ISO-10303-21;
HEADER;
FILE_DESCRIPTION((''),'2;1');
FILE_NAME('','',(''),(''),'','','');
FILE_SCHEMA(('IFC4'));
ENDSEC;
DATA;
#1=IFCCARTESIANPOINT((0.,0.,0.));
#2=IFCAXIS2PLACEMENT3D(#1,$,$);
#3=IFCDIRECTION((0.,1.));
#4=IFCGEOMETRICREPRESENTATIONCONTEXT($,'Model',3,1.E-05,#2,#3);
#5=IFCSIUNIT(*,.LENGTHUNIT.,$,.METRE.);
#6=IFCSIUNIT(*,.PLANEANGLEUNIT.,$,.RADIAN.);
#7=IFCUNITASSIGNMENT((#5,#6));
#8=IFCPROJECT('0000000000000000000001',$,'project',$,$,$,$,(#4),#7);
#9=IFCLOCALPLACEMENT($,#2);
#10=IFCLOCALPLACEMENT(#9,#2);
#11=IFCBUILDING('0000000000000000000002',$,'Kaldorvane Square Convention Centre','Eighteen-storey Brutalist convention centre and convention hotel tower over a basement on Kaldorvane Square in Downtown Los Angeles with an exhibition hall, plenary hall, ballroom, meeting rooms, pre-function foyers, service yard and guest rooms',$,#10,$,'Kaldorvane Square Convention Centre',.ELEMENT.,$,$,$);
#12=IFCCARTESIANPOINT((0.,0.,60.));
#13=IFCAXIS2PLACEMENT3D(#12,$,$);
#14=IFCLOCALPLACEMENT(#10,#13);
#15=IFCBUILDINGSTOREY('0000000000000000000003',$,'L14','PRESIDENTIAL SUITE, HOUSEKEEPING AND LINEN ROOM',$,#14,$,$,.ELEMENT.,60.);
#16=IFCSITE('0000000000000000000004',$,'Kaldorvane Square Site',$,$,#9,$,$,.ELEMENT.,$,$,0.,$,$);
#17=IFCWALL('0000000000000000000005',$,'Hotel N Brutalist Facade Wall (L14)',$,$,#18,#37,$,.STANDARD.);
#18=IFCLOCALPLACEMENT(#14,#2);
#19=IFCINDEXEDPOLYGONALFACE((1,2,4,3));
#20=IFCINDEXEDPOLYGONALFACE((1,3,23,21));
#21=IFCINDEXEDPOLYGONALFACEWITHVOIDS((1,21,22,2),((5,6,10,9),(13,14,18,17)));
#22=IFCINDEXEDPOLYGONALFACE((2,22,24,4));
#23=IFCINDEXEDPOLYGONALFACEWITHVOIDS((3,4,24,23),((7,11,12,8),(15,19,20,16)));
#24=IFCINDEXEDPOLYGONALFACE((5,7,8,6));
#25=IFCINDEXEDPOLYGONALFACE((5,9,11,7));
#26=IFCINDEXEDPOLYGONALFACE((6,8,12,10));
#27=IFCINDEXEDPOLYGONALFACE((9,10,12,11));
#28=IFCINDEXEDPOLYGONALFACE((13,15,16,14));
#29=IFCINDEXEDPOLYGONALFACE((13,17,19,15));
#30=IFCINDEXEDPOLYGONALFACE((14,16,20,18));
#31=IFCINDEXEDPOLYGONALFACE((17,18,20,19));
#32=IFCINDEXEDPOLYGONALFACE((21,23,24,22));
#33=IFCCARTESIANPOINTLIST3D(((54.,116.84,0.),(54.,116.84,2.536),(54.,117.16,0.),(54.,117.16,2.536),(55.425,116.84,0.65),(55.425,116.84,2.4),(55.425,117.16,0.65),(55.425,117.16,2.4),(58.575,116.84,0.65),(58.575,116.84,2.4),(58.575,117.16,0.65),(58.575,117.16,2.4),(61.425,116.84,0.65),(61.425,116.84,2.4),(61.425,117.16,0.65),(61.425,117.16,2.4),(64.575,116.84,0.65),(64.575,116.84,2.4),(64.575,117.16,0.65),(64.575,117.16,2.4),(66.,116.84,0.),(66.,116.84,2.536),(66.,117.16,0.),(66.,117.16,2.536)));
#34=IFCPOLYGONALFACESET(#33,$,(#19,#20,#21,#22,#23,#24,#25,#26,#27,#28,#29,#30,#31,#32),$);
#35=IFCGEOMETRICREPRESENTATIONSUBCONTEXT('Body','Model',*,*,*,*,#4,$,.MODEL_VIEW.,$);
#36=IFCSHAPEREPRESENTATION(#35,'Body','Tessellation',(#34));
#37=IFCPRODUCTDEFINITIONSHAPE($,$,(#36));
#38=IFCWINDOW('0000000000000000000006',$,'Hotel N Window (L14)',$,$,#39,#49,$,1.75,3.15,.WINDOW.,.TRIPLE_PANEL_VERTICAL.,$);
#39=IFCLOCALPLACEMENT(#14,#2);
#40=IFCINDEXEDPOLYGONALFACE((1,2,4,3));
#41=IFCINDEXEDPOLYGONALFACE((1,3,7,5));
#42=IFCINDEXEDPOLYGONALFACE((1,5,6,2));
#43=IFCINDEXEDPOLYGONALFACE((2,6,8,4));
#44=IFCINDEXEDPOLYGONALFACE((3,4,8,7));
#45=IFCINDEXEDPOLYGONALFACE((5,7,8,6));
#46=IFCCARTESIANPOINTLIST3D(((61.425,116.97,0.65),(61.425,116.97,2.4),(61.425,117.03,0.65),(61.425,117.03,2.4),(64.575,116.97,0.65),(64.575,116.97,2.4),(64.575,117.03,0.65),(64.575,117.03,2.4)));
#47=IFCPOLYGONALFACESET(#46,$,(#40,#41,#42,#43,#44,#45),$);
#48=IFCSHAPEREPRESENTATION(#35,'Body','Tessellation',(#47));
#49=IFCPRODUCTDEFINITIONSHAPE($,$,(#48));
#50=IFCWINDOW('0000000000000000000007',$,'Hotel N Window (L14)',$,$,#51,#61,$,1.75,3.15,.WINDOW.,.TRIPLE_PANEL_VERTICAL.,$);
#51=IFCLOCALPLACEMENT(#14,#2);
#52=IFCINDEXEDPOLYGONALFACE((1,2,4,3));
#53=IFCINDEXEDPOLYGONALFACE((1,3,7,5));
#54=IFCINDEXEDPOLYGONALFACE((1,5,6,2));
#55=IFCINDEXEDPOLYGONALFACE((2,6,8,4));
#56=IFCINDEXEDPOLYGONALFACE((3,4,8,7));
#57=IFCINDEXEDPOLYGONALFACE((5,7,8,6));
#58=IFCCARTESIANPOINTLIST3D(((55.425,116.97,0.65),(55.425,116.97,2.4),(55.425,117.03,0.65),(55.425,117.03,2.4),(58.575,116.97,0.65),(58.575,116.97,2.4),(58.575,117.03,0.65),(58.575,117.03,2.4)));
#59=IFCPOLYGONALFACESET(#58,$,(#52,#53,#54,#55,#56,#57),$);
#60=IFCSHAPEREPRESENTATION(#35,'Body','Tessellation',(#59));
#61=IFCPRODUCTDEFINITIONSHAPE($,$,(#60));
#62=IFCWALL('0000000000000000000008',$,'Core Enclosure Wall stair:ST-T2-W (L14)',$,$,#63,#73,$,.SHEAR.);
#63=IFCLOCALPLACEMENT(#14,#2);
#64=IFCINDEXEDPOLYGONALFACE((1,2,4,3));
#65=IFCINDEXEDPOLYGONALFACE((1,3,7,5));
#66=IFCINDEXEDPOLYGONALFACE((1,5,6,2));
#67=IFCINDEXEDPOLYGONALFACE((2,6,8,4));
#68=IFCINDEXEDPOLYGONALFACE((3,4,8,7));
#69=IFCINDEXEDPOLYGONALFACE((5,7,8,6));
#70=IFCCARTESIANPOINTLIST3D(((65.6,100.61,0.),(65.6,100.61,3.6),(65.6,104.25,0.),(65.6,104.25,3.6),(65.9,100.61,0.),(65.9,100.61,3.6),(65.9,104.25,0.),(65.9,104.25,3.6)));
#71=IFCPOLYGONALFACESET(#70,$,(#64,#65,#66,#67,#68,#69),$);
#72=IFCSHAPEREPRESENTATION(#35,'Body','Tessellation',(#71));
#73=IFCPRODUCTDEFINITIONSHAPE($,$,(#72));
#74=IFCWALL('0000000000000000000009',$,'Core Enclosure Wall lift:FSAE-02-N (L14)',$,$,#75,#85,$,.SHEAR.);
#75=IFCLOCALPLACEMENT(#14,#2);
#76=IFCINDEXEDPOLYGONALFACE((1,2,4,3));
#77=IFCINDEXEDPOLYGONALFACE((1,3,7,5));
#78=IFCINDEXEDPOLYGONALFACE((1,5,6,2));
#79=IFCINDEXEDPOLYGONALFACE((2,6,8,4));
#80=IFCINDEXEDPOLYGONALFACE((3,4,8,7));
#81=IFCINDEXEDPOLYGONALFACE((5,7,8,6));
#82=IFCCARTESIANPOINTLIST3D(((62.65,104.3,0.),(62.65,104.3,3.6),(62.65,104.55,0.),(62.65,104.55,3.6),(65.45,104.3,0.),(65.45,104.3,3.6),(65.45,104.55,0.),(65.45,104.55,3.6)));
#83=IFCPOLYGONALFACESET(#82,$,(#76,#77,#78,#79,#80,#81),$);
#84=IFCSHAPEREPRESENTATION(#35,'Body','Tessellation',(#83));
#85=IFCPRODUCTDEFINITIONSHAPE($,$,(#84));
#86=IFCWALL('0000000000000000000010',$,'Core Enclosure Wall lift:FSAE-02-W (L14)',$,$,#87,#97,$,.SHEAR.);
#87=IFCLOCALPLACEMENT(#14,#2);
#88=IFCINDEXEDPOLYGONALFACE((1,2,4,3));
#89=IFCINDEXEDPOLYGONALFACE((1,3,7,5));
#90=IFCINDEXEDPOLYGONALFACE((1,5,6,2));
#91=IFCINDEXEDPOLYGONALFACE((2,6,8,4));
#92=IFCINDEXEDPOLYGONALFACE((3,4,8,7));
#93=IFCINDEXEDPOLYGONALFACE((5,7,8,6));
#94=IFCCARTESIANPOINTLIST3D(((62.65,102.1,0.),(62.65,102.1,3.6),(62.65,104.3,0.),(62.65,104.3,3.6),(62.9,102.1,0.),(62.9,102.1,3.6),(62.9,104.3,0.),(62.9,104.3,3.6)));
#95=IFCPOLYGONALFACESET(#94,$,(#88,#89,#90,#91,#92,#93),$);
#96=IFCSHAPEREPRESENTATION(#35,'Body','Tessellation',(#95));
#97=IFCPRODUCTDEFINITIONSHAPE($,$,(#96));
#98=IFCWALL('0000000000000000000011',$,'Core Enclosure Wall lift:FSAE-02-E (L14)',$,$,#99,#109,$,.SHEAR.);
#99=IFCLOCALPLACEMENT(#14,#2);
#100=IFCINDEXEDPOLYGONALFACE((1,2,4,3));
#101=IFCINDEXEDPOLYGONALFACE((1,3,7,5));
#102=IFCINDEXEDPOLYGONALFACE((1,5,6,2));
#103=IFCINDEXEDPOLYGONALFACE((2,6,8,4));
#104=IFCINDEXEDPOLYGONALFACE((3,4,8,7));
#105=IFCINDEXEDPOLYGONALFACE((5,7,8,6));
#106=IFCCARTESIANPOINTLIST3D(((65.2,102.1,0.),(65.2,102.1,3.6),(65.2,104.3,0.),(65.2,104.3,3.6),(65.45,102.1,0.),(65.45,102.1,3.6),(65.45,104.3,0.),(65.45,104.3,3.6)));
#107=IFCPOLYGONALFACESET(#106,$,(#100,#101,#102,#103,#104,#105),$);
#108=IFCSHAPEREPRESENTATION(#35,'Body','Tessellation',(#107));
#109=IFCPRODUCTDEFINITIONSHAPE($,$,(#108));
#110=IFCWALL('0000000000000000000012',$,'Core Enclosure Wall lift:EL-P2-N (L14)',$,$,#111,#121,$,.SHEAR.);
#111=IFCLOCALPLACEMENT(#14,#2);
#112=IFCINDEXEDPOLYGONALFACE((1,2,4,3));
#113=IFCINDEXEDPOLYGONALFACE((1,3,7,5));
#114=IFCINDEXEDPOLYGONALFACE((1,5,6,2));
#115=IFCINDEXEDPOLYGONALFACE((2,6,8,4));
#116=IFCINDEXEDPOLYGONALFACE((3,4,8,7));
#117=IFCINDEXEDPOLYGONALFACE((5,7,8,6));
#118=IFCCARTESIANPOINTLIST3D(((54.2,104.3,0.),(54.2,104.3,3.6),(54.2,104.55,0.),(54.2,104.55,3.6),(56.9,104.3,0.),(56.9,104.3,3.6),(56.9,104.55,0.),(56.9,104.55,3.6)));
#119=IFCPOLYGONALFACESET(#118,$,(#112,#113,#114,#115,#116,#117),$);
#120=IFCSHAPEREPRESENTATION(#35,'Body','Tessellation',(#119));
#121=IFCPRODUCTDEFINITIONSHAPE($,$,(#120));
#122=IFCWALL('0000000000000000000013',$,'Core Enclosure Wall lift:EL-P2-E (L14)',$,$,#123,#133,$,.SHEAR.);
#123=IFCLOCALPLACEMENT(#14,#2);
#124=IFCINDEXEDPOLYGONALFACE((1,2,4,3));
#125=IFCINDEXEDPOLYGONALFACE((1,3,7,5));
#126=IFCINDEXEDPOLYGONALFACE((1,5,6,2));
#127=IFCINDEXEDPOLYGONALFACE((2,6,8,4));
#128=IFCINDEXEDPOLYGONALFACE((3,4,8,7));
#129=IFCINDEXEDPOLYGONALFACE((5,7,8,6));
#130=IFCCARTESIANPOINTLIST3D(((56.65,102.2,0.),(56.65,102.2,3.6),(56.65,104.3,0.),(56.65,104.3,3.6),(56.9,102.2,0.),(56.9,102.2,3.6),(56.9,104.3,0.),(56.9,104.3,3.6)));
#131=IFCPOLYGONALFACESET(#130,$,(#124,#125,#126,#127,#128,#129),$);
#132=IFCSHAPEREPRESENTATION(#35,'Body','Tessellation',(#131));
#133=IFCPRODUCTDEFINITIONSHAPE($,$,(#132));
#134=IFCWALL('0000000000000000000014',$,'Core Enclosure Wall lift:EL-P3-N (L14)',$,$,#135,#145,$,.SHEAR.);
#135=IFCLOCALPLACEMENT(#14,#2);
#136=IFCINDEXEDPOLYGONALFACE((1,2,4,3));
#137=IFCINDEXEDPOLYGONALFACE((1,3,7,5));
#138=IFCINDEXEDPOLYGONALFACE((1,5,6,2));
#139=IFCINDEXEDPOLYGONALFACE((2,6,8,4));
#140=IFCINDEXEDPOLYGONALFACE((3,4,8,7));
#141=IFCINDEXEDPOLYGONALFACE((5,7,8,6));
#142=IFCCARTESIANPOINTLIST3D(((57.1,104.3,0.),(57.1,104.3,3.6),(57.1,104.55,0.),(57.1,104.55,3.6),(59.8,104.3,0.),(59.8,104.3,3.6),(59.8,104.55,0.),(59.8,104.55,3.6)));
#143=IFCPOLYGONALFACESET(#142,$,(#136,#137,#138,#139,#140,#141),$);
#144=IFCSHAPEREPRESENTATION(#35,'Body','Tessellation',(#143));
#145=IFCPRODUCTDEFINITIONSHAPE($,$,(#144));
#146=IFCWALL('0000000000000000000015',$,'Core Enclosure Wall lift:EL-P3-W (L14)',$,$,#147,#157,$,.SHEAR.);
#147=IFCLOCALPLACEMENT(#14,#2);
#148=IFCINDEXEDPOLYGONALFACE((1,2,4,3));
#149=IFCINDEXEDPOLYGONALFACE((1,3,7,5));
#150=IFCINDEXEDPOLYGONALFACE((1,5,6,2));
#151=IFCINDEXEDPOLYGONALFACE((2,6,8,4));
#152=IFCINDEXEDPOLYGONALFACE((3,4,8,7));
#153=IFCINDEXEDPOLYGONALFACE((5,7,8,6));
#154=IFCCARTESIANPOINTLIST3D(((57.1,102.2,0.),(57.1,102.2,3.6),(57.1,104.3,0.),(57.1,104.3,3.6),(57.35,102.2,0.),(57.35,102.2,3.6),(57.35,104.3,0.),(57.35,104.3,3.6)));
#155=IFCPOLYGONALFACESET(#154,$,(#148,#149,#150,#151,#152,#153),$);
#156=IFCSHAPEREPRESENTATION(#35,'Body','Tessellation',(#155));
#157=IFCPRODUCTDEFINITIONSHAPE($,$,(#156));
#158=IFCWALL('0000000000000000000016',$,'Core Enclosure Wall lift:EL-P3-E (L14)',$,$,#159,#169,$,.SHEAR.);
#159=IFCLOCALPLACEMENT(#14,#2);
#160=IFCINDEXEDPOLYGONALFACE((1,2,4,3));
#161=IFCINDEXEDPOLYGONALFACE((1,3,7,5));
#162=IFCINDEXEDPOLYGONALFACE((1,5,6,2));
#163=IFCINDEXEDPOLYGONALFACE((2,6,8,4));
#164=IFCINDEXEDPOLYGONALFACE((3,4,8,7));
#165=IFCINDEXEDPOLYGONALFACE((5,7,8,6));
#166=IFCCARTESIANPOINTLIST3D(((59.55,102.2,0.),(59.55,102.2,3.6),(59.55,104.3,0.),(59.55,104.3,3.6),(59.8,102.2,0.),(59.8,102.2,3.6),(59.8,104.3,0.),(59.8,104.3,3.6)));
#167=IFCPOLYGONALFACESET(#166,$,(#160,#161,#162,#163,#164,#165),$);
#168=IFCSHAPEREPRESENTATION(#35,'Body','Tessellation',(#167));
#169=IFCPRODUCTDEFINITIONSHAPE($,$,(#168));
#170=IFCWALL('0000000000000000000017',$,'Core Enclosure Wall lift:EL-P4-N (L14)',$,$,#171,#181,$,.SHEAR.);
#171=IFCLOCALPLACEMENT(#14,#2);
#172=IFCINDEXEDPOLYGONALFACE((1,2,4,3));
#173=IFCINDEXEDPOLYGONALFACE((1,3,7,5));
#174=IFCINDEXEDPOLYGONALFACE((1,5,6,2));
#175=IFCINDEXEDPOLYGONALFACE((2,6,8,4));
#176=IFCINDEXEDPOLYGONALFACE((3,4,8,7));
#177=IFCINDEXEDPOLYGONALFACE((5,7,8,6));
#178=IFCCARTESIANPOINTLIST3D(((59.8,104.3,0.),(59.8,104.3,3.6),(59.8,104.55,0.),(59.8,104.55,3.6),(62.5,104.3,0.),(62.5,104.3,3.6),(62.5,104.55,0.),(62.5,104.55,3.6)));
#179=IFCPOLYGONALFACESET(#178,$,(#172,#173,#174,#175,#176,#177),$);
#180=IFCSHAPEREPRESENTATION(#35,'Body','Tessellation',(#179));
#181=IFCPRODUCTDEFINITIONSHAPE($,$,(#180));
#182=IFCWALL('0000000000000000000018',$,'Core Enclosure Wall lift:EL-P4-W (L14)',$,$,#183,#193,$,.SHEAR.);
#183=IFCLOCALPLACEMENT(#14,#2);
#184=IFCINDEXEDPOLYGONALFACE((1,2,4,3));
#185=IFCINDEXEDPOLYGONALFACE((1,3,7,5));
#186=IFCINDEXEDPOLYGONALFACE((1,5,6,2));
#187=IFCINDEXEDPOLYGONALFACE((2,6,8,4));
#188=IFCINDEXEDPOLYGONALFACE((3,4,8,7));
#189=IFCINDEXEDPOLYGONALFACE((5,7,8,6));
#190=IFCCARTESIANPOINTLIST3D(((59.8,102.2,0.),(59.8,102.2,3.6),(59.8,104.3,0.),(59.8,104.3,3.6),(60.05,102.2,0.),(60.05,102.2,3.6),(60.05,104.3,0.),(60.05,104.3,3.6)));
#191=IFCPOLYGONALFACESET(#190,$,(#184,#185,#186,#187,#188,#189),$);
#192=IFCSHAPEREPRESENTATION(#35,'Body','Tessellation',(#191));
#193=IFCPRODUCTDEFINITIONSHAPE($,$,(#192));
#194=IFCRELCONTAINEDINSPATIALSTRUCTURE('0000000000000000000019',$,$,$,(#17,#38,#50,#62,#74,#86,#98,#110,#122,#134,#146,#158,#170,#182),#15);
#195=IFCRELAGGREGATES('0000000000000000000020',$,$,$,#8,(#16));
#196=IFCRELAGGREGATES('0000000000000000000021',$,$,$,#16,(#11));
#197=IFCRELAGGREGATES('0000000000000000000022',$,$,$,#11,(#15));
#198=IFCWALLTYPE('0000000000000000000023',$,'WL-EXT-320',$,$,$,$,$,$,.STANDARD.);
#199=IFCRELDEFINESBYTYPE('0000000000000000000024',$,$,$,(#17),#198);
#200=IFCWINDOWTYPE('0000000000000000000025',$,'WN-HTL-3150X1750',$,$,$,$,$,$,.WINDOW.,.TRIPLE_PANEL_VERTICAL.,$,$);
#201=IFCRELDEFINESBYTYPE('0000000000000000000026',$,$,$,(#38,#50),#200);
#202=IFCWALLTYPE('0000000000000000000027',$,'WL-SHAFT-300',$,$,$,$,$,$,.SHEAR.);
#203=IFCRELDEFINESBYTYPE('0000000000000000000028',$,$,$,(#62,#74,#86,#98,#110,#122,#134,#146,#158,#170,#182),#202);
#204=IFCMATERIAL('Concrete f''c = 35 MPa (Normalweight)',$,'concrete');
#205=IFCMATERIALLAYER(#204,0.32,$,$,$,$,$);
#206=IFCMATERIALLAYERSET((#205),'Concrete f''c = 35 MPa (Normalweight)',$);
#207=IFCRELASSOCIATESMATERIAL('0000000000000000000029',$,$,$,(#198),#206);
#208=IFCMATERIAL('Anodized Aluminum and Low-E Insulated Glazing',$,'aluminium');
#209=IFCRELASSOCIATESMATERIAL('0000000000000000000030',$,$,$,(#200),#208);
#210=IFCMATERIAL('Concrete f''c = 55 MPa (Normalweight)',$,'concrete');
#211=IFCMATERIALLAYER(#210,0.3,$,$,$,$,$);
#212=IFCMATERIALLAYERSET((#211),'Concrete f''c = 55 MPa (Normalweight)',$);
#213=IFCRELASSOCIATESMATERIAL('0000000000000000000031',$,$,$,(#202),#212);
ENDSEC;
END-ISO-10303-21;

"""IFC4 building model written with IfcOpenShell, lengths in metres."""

from ifc_helpers import new_model, si_unit, direction, frame, frame_2d, origin, place, context, subcontext, project, spatial, rectangle, extrude, material, layer, layer_set, type_object, element, fill, save


model = new_model("IFC4")

# Units and contexts
model_context = context("Model", 3, precision=1e-05, world=origin(), true_north=direction((0.0, 1.0)))
body_context = subcontext(model_context, "Body", "Model", "MODEL_VIEW")
ifc_project = project(units=[si_unit("LENGTHUNIT", "METRE"), si_unit("PLANEANGLEUNIT", "RADIAN")], contexts=[model_context])

# Site, building, storey
site_placement = place(None, origin())
site = spatial("IfcSite", under=ifc_project, at=site_placement, Name="Kaldorvane Square Site", CompositionType="ELEMENT", RefElevation=0.0)
building_placement = place(site_placement, origin())
building = spatial("IfcBuilding", under=site, at=building_placement, Name="Kaldorvane Square Convention Centre", Description="Eighteen-storey Brutalist convention centre and convention hotel tower over a basement on Kaldorvane Square in Downtown Los Angeles with an exhibition hall, plenary hall, ballroom, meeting rooms, pre-function foyers, service yard and guest rooms", LongName="Kaldorvane Square Convention Centre", CompositionType="ELEMENT")
storey_placement = place(building_placement, frame((0.0, 0.0, 60.0)))
storey = spatial("IfcBuildingStorey", under=building, at=storey_placement, Name="L14", Description="PRESIDENTIAL SUITE, HOUSEKEEPING AND LINEN ROOM", CompositionType="ELEMENT", Elevation=60.0)

# Wall, openings, windows
ifc_material_1 = material(Name="Concrete f'c = 35 MPa (Normalweight)", Category="concrete")
ifc_layer_1 = layer(ifc_material_1, 0.32)
ifc_layer_set_1 = layer_set([ifc_layer_1], Name="Concrete f'c = 35 MPa (Normalweight)")
wall_type_1 = type_object("IfcWallType", Name="WL-EXT-320", PredefinedType="STANDARD", material=ifc_layer_set_1)
wall_1_placement = place(storey_placement, frame((66.0, 117.0, 0.0), z_axis=(0.0, 0.0, 1.0), x_axis=(-1.0, 0.0, 0.0)))
wall_1 = element("IfcWall", 1, at=wall_1_placement, inside=storey, type_object=wall_type_1, Name="Hotel N Brutalist Facade Wall (L14)", PredefinedType="STANDARD", context=body_context, shape_type="SweptSolid", body=[
    extrude(rectangle(XDim=12.0, YDim=0.32, at=frame_2d((6.0, 0.0))), origin(), (0.0, 0.0, 1.0), 2.536),
])
opening_1_placement = place(wall_1_placement, frame((1.425, 0.0, 0.65)))
opening_1 = element("IfcOpeningElement", 2, at=opening_1_placement, cuts=wall_1, PredefinedType="OPENING", context=body_context, shape_type="SweptSolid", body=[
    extrude(rectangle(XDim=3.15, YDim=1.75, at=frame_2d((1.575, 0.875))), frame((0.0, 0.175, 0.0), z_axis=(0.0, -1.0, 0.0), x_axis=(1.0, 0.0, 0.0)), (0.0, 0.0, 1.0), 0.35),
])
opening_2_placement = place(wall_1_placement, frame((7.425, 0.0, 0.65)))
opening_2 = element("IfcOpeningElement", 3, at=opening_2_placement, cuts=wall_1, PredefinedType="OPENING", context=body_context, shape_type="SweptSolid", body=[
    extrude(rectangle(XDim=3.15, YDim=1.75, at=frame_2d((1.575, 0.875))), frame((0.0, 0.175, 0.0), z_axis=(0.0, -1.0, 0.0), x_axis=(1.0, 0.0, 0.0)), (0.0, 0.0, 1.0), 0.35),
])
ifc_material_2 = material(Name="Anodized Aluminum and Low-E Insulated Glazing", Category="aluminium")
window_type = type_object("IfcWindowType", Name="WN-HTL-3150X1750", PartitioningType="TRIPLE_PANEL_VERTICAL", PredefinedType="WINDOW", material=ifc_material_2)
window_1_placement = place(opening_1_placement, origin())
window_1 = element("IfcWindow", 4, at=window_1_placement, inside=storey, type_object=window_type, Name="Hotel N Window (L14)", OverallHeight=1.75, OverallWidth=3.15, PartitioningType="TRIPLE_PANEL_VERTICAL", PredefinedType="WINDOW", context=body_context, shape_type="SweptSolid", body=[
    extrude(rectangle(XDim=3.15, YDim=1.75, at=frame_2d((1.575, 0.875))), frame((0.0, 0.03, 0.0), z_axis=(0.0, -1.0, 0.0), x_axis=(1.0, 0.0, 0.0)), (0.0, 0.0, 1.0), 0.06),
])
fill(opening_1, window_1)
window_2_placement = place(opening_2_placement, origin())
window_2 = element("IfcWindow", 5, at=window_2_placement, inside=storey, type_object=window_type, Name="Hotel N Window (L14)", OverallHeight=1.75, OverallWidth=3.15, PartitioningType="TRIPLE_PANEL_VERTICAL", PredefinedType="WINDOW", context=body_context, shape_type="SweptSolid", body=[
    extrude(rectangle(XDim=3.15, YDim=1.75, at=frame_2d((1.575, 0.875))), frame((0.0, 0.03, 0.0), z_axis=(0.0, -1.0, 0.0), x_axis=(1.0, 0.0, 0.0)), (0.0, 0.0, 1.0), 0.06),
])
fill(opening_2, window_2)

# Walls
ifc_material_3 = material(Name="Concrete f'c = 55 MPa (Normalweight)", Category="concrete")
ifc_layer_2 = layer(ifc_material_3, 0.3)
ifc_layer_set_2 = layer_set([ifc_layer_2], Name="Concrete f'c = 55 MPa (Normalweight)")
wall_type_2 = type_object("IfcWallType", Name="WL-SHAFT-300", PredefinedType="SHEAR", material=ifc_layer_set_2)
wall_2_placement = place(storey_placement, frame((65.75, 104.25, 0.0), z_axis=(0.0, 0.0, 1.0), x_axis=(0.0, -1.0, 0.0)))
element("IfcWall", 6, at=wall_2_placement, inside=storey, type_object=wall_type_2, Name="Core Enclosure Wall stair:ST-T2-W (L14)", PredefinedType="SHEAR", context=body_context, shape_type="SweptSolid", body=[
    extrude(rectangle(XDim=3.64, YDim=0.3, at=frame_2d((1.82, 0.0))), origin(), (0.0, 0.0, 1.0), 3.6),
])
wall_3_placement = place(storey_placement, frame((65.45, 104.425, 0.0), z_axis=(0.0, 0.0, 1.0), x_axis=(-1.0, 0.0, 0.0)))
element("IfcWall", 7, at=wall_3_placement, inside=storey, type_object=wall_type_2, Name="Core Enclosure Wall lift:FSAE-02-N (L14)", PredefinedType="SHEAR", context=body_context, shape_type="SweptSolid", body=[
    extrude(rectangle(XDim=2.8, YDim=0.25, at=frame_2d((1.4, 0.0))), origin(), (0.0, 0.0, 1.0), 3.6),
])
for number, where, z_axis, x_axis, name in (
    (8, (62.775, 104.3, 0.0), (0.0, 0.0, 1.0), (0.0, -1.0, 0.0), "Core Enclosure Wall lift:FSAE-02-W (L14)"),
    (9, (65.325, 102.1, 0.0), (0.0, 0.0, 1.0), (0.0, 1.0, 0.0), "Core Enclosure Wall lift:FSAE-02-E (L14)"),
):
    element("IfcWall", number, at=place(storey_placement, frame(where, z_axis=z_axis, x_axis=x_axis)), inside=storey, type_object=wall_type_2, Name=name, PredefinedType="SHEAR", context=body_context, shape_type="SweptSolid", body=[
        extrude(rectangle(XDim=2.2, YDim=0.25, at=frame_2d((1.1, 0.0))), origin(), (0.0, 0.0, 1.0), 3.6),
    ])
wall_4_placement = place(storey_placement, frame((56.9, 104.425, 0.0), z_axis=(0.0, 0.0, 1.0), x_axis=(-1.0, 0.0, 0.0)))
element("IfcWall", 10, at=wall_4_placement, inside=storey, type_object=wall_type_2, Name="Core Enclosure Wall lift:EL-P2-N (L14)", PredefinedType="SHEAR", context=body_context, shape_type="SweptSolid", body=[
    extrude(rectangle(XDim=2.7, YDim=0.25, at=frame_2d((1.35, 0.0))), origin(), (0.0, 0.0, 1.0), 3.6),
])
wall_5_placement = place(storey_placement, frame((56.775, 102.2, 0.0), z_axis=(0.0, 0.0, 1.0), x_axis=(0.0, 1.0, 0.0)))
element("IfcWall", 11, at=wall_5_placement, inside=storey, type_object=wall_type_2, Name="Core Enclosure Wall lift:EL-P2-E (L14)", PredefinedType="SHEAR", context=body_context, shape_type="SweptSolid", body=[
    extrude(rectangle(XDim=2.1, YDim=0.25, at=frame_2d((1.05, 0.0))), origin(), (0.0, 0.0, 1.0), 3.6),
])
wall_6_placement = place(storey_placement, frame((59.8, 104.425, 0.0), z_axis=(0.0, 0.0, 1.0), x_axis=(-1.0, 0.0, 0.0)))
element("IfcWall", 12, at=wall_6_placement, inside=storey, type_object=wall_type_2, Name="Core Enclosure Wall lift:EL-P3-N (L14)", PredefinedType="SHEAR", context=body_context, shape_type="SweptSolid", body=[
    extrude(rectangle(XDim=2.7, YDim=0.25, at=frame_2d((1.35, 0.0))), origin(), (0.0, 0.0, 1.0), 3.6),
])
for number, where, z_axis, x_axis, name in (
    (13, (57.225, 104.3, 0.0), (0.0, 0.0, 1.0), (0.0, -1.0, 0.0), "Core Enclosure Wall lift:EL-P3-W (L14)"),
    (14, (59.675, 102.2, 0.0), (0.0, 0.0, 1.0), (0.0, 1.0, 0.0), "Core Enclosure Wall lift:EL-P3-E (L14)"),
):
    element("IfcWall", number, at=place(storey_placement, frame(where, z_axis=z_axis, x_axis=x_axis)), inside=storey, type_object=wall_type_2, Name=name, PredefinedType="SHEAR", context=body_context, shape_type="SweptSolid", body=[
        extrude(rectangle(XDim=2.1, YDim=0.25, at=frame_2d((1.05, 0.0))), origin(), (0.0, 0.0, 1.0), 3.6),
    ])
wall_7_placement = place(storey_placement, frame((62.5, 104.425, 0.0), z_axis=(0.0, 0.0, 1.0), x_axis=(-1.0, 0.0, 0.0)))
element("IfcWall", 15, at=wall_7_placement, inside=storey, type_object=wall_type_2, Name="Core Enclosure Wall lift:EL-P4-N (L14)", PredefinedType="SHEAR", context=body_context, shape_type="SweptSolid", body=[
    extrude(rectangle(XDim=2.7, YDim=0.25, at=frame_2d((1.35, 0.0))), origin(), (0.0, 0.0, 1.0), 3.6),
])
for number, where, z_axis, x_axis, name in (
    (16, (59.925, 104.3, 0.0), (0.0, 0.0, 1.0), (0.0, -1.0, 0.0), "Core Enclosure Wall lift:EL-P4-W (L14)"),
):
    element("IfcWall", number, at=place(storey_placement, frame(where, z_axis=z_axis, x_axis=x_axis)), inside=storey, type_object=wall_type_2, Name=name, PredefinedType="SHEAR", context=body_context, shape_type="SweptSolid", body=[
        extrude(rectangle(XDim=2.1, YDim=0.25, at=frame_2d((1.05, 0.0))), origin(), (0.0, 0.0, 1.0), 3.6),
    ])

save(model, "model.ifc")
